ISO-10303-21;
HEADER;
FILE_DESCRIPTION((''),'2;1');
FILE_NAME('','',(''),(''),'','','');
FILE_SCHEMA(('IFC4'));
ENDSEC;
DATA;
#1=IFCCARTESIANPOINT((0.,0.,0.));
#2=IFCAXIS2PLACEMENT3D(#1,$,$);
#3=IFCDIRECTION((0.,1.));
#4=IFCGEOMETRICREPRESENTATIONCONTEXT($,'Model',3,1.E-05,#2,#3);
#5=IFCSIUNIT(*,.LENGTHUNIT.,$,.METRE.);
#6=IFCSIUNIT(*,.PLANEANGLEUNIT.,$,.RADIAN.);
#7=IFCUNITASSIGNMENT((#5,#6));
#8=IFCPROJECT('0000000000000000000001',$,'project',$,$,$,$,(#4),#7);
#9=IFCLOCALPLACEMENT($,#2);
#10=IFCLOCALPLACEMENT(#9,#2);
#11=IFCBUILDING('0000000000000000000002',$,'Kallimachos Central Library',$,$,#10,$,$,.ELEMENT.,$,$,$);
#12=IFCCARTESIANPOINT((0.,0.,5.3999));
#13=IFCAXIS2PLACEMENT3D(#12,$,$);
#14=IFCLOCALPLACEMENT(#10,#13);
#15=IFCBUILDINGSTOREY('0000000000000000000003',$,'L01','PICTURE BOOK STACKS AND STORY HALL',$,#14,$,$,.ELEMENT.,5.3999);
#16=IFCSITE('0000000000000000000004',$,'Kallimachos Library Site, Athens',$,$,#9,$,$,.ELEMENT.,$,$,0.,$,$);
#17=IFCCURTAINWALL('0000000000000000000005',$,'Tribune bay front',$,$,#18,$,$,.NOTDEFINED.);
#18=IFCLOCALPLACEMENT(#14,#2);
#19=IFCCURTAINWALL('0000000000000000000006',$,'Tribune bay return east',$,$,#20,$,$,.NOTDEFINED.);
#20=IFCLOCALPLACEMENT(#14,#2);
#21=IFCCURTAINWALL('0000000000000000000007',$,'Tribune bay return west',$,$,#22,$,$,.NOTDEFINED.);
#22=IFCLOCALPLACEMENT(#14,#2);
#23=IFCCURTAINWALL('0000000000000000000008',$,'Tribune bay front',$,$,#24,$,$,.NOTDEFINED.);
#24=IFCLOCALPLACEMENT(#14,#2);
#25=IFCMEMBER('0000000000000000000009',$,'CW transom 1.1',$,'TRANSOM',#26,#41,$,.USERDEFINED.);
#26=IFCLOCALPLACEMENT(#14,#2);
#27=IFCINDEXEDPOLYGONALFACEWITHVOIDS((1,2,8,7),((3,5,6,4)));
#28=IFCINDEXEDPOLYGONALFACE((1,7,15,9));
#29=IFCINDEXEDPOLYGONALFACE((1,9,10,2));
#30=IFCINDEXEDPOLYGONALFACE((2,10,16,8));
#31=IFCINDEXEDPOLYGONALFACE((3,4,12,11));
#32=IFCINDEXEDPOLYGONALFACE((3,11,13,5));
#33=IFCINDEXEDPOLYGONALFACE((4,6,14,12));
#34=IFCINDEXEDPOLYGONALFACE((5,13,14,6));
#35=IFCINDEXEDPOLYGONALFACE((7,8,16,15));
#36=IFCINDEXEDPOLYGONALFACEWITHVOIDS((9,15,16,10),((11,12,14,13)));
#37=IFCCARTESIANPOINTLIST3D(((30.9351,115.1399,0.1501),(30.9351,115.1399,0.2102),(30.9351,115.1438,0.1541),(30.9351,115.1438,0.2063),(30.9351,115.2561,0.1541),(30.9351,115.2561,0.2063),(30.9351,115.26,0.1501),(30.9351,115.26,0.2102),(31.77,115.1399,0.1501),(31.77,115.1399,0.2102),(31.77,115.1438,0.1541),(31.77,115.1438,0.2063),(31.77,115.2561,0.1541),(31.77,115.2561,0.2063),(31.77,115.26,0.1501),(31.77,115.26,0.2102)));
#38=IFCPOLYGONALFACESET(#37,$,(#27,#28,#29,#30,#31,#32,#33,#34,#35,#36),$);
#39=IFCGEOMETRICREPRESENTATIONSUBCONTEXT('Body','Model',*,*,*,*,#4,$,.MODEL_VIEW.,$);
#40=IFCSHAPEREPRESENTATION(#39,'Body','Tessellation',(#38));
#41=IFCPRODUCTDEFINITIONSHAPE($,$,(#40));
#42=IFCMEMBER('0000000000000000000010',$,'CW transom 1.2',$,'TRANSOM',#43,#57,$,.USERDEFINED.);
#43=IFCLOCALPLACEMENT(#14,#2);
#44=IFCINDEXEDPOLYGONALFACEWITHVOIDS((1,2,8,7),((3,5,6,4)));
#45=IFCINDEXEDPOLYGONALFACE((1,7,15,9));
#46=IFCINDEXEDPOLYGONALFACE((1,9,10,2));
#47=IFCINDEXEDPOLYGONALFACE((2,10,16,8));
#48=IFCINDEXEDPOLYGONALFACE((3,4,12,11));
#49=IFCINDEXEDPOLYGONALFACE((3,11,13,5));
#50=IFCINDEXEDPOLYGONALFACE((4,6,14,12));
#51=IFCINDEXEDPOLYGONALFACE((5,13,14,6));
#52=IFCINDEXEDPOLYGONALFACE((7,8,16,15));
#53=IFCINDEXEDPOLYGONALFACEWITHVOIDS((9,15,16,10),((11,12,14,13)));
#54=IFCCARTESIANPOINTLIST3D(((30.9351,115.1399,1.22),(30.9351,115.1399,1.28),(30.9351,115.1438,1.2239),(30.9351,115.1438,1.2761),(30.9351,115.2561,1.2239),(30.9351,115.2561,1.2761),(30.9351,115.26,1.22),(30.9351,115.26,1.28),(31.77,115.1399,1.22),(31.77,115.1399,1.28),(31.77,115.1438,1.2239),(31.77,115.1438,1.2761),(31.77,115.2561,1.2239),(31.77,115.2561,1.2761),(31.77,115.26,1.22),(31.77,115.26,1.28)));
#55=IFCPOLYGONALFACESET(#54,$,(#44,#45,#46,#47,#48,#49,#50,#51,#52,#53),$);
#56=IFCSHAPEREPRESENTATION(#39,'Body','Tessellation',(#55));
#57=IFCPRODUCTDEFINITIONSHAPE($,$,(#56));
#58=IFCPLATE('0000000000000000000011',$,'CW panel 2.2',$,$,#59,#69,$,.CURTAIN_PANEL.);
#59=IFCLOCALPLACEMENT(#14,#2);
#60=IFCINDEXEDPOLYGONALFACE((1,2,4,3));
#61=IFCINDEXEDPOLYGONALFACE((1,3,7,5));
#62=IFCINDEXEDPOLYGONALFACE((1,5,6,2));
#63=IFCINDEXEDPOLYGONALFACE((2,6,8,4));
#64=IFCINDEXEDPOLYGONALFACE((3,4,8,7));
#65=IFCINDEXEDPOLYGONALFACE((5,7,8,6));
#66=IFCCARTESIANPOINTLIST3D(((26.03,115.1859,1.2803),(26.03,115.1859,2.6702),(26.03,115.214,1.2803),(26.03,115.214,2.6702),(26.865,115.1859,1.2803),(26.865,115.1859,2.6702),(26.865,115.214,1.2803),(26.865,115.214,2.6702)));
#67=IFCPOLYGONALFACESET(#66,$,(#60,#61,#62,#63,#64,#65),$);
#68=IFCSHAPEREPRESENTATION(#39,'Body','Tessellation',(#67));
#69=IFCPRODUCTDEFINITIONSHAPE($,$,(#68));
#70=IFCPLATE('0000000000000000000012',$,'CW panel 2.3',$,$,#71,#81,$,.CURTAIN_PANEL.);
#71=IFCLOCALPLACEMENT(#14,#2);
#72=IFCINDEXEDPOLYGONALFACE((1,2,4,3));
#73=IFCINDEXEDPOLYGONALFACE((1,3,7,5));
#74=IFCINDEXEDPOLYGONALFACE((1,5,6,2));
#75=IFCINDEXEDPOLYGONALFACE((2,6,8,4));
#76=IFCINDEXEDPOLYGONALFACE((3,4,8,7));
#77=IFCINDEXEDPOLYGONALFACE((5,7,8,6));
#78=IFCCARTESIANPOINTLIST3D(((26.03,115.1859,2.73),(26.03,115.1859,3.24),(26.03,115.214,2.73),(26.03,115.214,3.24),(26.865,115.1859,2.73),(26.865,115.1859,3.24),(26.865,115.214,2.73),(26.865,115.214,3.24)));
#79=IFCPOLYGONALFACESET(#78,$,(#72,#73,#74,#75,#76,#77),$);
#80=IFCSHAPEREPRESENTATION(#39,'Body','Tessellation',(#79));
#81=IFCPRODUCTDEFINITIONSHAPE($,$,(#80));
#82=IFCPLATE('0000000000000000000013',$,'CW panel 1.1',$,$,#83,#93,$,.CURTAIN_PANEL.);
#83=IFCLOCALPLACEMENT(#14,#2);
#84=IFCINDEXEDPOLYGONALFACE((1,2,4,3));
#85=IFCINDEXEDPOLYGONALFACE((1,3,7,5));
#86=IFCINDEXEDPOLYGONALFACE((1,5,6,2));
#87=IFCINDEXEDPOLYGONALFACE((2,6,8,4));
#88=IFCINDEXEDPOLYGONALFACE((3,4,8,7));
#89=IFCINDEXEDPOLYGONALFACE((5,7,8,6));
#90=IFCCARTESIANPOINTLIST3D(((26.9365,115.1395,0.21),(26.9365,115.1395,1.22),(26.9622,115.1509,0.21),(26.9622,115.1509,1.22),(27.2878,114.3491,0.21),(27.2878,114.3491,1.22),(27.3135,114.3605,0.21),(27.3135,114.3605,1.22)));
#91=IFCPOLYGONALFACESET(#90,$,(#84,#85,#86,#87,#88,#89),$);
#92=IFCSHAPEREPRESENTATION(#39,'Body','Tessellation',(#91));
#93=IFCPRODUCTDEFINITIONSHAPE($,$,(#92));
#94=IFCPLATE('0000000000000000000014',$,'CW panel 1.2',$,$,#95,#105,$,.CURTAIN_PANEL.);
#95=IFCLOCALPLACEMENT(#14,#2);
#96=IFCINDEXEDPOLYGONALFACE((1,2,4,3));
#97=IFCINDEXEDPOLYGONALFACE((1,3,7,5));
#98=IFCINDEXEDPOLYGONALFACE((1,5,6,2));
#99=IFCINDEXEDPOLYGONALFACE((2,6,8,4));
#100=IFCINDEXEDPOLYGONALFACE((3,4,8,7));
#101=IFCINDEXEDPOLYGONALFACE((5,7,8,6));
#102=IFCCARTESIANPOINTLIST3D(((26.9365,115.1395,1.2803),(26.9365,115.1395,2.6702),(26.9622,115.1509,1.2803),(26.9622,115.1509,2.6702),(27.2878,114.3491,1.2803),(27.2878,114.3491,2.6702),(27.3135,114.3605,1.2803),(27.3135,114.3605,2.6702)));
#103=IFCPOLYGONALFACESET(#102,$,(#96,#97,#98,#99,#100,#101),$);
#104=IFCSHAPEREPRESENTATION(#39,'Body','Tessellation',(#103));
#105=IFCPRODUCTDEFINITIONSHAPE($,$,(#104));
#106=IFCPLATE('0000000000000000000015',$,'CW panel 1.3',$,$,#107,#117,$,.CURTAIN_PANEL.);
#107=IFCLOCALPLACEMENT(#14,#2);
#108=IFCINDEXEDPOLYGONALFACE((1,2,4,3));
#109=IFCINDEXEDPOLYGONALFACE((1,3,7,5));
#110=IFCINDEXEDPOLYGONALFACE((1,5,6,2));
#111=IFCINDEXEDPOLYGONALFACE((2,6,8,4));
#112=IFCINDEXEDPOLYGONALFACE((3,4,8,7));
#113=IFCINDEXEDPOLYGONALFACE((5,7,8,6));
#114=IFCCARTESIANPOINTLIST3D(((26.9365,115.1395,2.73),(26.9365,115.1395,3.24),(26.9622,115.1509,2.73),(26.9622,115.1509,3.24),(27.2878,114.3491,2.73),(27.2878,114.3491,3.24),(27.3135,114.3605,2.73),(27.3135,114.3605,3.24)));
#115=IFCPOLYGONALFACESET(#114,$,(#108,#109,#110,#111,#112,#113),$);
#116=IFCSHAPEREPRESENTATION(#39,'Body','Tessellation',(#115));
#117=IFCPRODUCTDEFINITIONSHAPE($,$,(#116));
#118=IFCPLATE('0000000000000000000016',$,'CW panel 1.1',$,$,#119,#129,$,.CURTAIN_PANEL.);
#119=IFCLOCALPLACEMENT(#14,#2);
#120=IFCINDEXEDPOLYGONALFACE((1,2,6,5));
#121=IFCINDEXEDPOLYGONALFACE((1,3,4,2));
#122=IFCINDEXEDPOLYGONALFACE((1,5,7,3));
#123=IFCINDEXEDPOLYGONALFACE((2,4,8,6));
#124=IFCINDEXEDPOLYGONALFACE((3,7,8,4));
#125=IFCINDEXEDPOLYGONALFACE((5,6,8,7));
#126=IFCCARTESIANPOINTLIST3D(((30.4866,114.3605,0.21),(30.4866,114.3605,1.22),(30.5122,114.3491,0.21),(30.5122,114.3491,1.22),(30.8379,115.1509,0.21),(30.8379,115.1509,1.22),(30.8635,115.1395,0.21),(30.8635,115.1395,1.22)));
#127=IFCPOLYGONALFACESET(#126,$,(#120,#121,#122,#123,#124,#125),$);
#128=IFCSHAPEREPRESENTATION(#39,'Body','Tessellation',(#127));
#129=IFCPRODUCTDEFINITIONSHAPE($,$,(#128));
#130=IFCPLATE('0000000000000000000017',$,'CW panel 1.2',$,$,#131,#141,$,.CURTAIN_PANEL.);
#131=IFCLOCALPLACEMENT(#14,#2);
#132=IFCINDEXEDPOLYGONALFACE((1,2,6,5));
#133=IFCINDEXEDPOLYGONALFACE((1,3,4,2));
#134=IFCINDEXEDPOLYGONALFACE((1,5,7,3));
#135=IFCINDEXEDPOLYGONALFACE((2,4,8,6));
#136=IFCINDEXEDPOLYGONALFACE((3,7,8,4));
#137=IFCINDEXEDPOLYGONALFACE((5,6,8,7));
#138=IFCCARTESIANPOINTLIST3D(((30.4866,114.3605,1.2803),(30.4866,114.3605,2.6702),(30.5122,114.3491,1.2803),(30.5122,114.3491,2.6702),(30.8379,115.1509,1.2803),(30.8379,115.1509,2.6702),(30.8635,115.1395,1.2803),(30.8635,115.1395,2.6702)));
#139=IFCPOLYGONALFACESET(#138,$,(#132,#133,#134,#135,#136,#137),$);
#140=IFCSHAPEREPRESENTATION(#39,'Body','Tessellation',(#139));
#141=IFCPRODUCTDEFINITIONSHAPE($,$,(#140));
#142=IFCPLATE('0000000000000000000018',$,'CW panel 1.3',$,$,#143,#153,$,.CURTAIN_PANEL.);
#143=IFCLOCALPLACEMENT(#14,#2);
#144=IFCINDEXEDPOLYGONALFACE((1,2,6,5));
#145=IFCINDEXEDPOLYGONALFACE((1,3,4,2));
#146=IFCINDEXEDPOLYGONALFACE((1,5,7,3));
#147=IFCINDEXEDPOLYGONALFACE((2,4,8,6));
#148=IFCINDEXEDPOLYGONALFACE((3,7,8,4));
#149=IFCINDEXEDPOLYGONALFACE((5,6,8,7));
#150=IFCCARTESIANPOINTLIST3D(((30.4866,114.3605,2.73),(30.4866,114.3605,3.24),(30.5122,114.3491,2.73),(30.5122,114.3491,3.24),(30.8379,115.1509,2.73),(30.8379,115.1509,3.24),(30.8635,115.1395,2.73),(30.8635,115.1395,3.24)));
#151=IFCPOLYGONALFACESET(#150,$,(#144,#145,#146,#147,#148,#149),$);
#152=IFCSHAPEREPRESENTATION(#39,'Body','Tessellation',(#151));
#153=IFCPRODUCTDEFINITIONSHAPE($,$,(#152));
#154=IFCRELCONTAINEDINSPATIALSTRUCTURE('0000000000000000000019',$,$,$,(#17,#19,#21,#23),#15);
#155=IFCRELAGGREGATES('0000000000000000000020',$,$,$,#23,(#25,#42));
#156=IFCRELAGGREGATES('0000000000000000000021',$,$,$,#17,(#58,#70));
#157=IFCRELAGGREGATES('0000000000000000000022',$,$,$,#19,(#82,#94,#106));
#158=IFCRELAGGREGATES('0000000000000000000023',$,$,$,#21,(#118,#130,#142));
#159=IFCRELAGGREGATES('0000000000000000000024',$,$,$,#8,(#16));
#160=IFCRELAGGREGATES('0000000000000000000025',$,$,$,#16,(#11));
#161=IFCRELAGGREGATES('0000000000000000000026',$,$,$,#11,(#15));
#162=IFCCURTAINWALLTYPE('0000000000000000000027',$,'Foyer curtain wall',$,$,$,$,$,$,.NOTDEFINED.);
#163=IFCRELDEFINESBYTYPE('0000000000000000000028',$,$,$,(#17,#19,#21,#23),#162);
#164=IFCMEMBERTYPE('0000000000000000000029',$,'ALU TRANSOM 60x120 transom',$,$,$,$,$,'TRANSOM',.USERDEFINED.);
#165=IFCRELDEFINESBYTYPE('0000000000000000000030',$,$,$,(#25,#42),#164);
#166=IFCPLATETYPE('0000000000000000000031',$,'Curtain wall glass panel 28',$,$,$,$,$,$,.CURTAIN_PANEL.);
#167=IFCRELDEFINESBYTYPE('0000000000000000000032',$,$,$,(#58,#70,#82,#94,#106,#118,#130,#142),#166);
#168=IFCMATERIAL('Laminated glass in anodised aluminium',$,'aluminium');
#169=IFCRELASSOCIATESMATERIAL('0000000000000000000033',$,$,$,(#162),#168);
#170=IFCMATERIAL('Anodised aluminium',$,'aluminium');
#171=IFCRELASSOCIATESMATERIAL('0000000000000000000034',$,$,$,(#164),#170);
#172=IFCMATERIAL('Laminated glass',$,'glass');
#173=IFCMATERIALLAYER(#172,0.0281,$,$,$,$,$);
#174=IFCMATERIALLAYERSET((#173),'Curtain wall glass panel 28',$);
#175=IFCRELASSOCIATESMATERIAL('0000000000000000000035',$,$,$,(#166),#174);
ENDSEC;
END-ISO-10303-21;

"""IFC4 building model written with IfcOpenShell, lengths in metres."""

from ifc_helpers import new_model, si_unit, direction, frame, origin, origin_2d, place, context, subcontext, project, spatial, rectangle, hollow_rectangle, extrude, material, layer, layer_set, material_profile, profile_set, type_object, element, aggregate, save


model = new_model("IFC4")

# Units and contexts
model_context = context("Model", 3, precision=1e-05, world=origin(), true_north=direction((0.0, 1.0)))
body_context = subcontext(model_context, "Body", "Model", "MODEL_VIEW")
ifc_project = project(units=[si_unit("LENGTHUNIT", "METRE"), si_unit("PLANEANGLEUNIT", "RADIAN")], contexts=[model_context])

# Site, building, storey
site_placement = place(None, origin())
site = spatial("IfcSite", under=ifc_project, at=site_placement, Name="Kallimachos Library Site, Athens", CompositionType="ELEMENT", RefElevation=0.0)
building_placement = place(site_placement, origin())
building = spatial("IfcBuilding", under=site, at=building_placement, Name="Kallimachos Central Library", CompositionType="ELEMENT")
storey_placement = place(building_placement, frame((0.0, 0.0, 5.3999)))
storey = spatial("IfcBuildingStorey", under=building, at=storey_placement, Name="L01", Description="PICTURE BOOK STACKS AND STORY HALL", CompositionType="ELEMENT", Elevation=5.3999)

# Curtain walls
ifc_material_1 = material(Name="Laminated glass in anodised aluminium", Category="aluminium")
curtain_wall_type = type_object("IfcCurtainWallType", Name="Foyer curtain wall", PredefinedType="NOTDEFINED", material=ifc_material_1)
curtain_wall_1_placement = place(storey_placement, origin())
curtain_wall_1 = element("IfcCurtainWall", 1, at=curtain_wall_1_placement, inside=storey, type_object=curtain_wall_type, Name="Tribune bay front", PredefinedType="NOTDEFINED")
curtain_wall_2_placement = place(storey_placement, origin())
curtain_wall_2 = element("IfcCurtainWall", 2, at=curtain_wall_2_placement, inside=storey, type_object=curtain_wall_type, Name="Tribune bay return east", PredefinedType="NOTDEFINED")
curtain_wall_3_placement = place(storey_placement, origin())
curtain_wall_3 = element("IfcCurtainWall", 3, at=curtain_wall_3_placement, inside=storey, type_object=curtain_wall_type, Name="Tribune bay return west", PredefinedType="NOTDEFINED")
curtain_wall_4_placement = place(storey_placement, origin())
curtain_wall_4 = element("IfcCurtainWall", 4, at=curtain_wall_4_placement, inside=storey, type_object=curtain_wall_type, Name="Tribune bay front", PredefinedType="NOTDEFINED")

# Members
ifc_material_2 = material(Name="Anodised aluminium", Category="aluminium")
ifc_material_profile_1 = material_profile(ifc_material_2, hollow_rectangle(XDim=0.0601, YDim=0.1201, WallThickness=0.0039, at=origin_2d()), Name="ALU TRANSOM 60x120")
ifc_profile_set_1 = profile_set([ifc_material_profile_1], Name="Anodised aluminium")
member_type_1 = type_object("IfcMemberType", Name="ALU TRANSOM 60x120 transom", ElementType="TRANSOM", PredefinedType="USERDEFINED", material=ifc_profile_set_1)
member_1_placement = place(storey_placement, frame((30.9351, 115.2, 0.1802), z_axis=(1.0, 0.0, 0.0), x_axis=(0.0, 0.0, 1.0)))
member_1 = element("IfcMember", 5, at=member_1_placement, type_object=member_type_1, Name="CW transom 1.1", ObjectType="TRANSOM", PredefinedType="USERDEFINED", context=body_context, shape_type="SweptSolid", body=[
    extrude(hollow_rectangle(XDim=0.0601, YDim=0.1201, WallThickness=0.0039, at=origin_2d()), origin(), (0.0, 0.0, 1.0), 0.835),
])
member_2_placement = place(storey_placement, frame((30.9351, 115.2, 1.25), z_axis=(1.0, 0.0, 0.0), x_axis=(0.0, 0.0, 1.0)))
member_2 = element("IfcMember", 6, at=member_2_placement, type_object=member_type_1, Name="CW transom 1.2", ObjectType="TRANSOM", PredefinedType="USERDEFINED", context=body_context, shape_type="SweptSolid", body=[
    extrude(hollow_rectangle(XDim=0.0601, YDim=0.1201, WallThickness=0.0039, at=origin_2d()), origin(), (0.0, 0.0, 1.0), 0.835),
])
aggregate(curtain_wall_4, [member_1, member_2])

# Plates
ifc_material_3 = material(Name="Laminated glass", Category="glass")
ifc_layer = layer(ifc_material_3, 0.0281)
ifc_layer_set = layer_set([ifc_layer], Name="Curtain wall glass panel 28")
plate_type = type_object("IfcPlateType", Name="Curtain wall glass panel 28", PredefinedType="CURTAIN_PANEL", material=ifc_layer_set)
plate_1_placement = place(storey_placement, frame((26.4475, 115.2, 1.2803), z_axis=(0.0, 0.0, 1.0), x_axis=(1.0, 0.0, 0.0)))
plate_1 = element("IfcPlate", 7, at=plate_1_placement, type_object=plate_type, Name="CW panel 2.2", PredefinedType="CURTAIN_PANEL", context=body_context, shape_type="SweptSolid", body=[
    extrude(rectangle(XDim=0.835, YDim=0.0281, at=origin_2d()), origin(), (0.0, 0.0, 1.0), 1.3899),
])
plate_2_placement = place(storey_placement, frame((26.4475, 115.2, 2.73), z_axis=(0.0, 0.0, 1.0), x_axis=(1.0, 0.0, 0.0)))
plate_2 = element("IfcPlate", 8, at=plate_2_placement, type_object=plate_type, Name="CW panel 2.3", PredefinedType="CURTAIN_PANEL", context=body_context, shape_type="SweptSolid", body=[
    extrude(rectangle(XDim=0.835, YDim=0.0281, at=origin_2d()), origin(), (0.0, 0.0, 1.0), 0.51),
])
aggregate(curtain_wall_1, [plate_1, plate_2])
plate_3_placement = place(storey_placement, frame((27.125, 114.75, 0.21), z_axis=(0.0, 0.0, 1.0), x_axis=(0.406138, -0.913812, 0.0)))
plate_3 = element("IfcPlate", 9, at=plate_3_placement, type_object=plate_type, Name="CW panel 1.1", PredefinedType="CURTAIN_PANEL", context=body_context, shape_type="SweptSolid", body=[
    extrude(rectangle(XDim=0.865, YDim=0.0281, at=origin_2d()), origin(), (0.0, 0.0, 1.0), 1.01),
])
plate_4_placement = place(storey_placement, frame((27.125, 114.75, 1.2803), z_axis=(0.0, 0.0, 1.0), x_axis=(0.406138, -0.913812, 0.0)))
plate_4 = element("IfcPlate", 10, at=plate_4_placement, type_object=plate_type, Name="CW panel 1.2", PredefinedType="CURTAIN_PANEL", context=body_context, shape_type="SweptSolid", body=[
    extrude(rectangle(XDim=0.865, YDim=0.0281, at=origin_2d()), origin(), (0.0, 0.0, 1.0), 1.3899),
])
plate_5_placement = place(storey_placement, frame((27.125, 114.75, 2.73), z_axis=(0.0, 0.0, 1.0), x_axis=(0.406138, -0.913812, 0.0)))
plate_5 = element("IfcPlate", 11, at=plate_5_placement, type_object=plate_type, Name="CW panel 1.3", PredefinedType="CURTAIN_PANEL", context=body_context, shape_type="SweptSolid", body=[
    extrude(rectangle(XDim=0.865, YDim=0.0281, at=origin_2d()), origin(), (0.0, 0.0, 1.0), 0.51),
])
aggregate(curtain_wall_2, [plate_3, plate_4, plate_5])
plate_6_placement = place(storey_placement, frame((30.675, 114.75, 0.21), z_axis=(0.0, 0.0, 1.0), x_axis=(0.406138, 0.913812, 0.0)))
plate_6 = element("IfcPlate", 12, at=plate_6_placement, type_object=plate_type, Name="CW panel 1.1", PredefinedType="CURTAIN_PANEL", context=body_context, shape_type="SweptSolid", body=[
    extrude(rectangle(XDim=0.865, YDim=0.0281, at=origin_2d()), origin(), (0.0, 0.0, 1.0), 1.01),
])
plate_7_placement = place(storey_placement, frame((30.675, 114.75, 1.2803), z_axis=(0.0, 0.0, 1.0), x_axis=(0.406138, 0.913812, 0.0)))
plate_7 = element("IfcPlate", 13, at=plate_7_placement, type_object=plate_type, Name="CW panel 1.2", PredefinedType="CURTAIN_PANEL", context=body_context, shape_type="SweptSolid", body=[
    extrude(rectangle(XDim=0.865, YDim=0.0281, at=origin_2d()), origin(), (0.0, 0.0, 1.0), 1.3899),
])
plate_8_placement = place(storey_placement, frame((30.675, 114.75, 2.73), z_axis=(0.0, 0.0, 1.0), x_axis=(0.406138, 0.913812, 0.0)))
plate_8 = element("IfcPlate", 14, at=plate_8_placement, type_object=plate_type, Name="CW panel 1.3", PredefinedType="CURTAIN_PANEL", context=body_context, shape_type="SweptSolid", body=[
    extrude(rectangle(XDim=0.865, YDim=0.0281, at=origin_2d()), origin(), (0.0, 0.0, 1.0), 0.51),
])
aggregate(curtain_wall_3, [plate_6, plate_7, plate_8])

save(model, "model.ifc")
